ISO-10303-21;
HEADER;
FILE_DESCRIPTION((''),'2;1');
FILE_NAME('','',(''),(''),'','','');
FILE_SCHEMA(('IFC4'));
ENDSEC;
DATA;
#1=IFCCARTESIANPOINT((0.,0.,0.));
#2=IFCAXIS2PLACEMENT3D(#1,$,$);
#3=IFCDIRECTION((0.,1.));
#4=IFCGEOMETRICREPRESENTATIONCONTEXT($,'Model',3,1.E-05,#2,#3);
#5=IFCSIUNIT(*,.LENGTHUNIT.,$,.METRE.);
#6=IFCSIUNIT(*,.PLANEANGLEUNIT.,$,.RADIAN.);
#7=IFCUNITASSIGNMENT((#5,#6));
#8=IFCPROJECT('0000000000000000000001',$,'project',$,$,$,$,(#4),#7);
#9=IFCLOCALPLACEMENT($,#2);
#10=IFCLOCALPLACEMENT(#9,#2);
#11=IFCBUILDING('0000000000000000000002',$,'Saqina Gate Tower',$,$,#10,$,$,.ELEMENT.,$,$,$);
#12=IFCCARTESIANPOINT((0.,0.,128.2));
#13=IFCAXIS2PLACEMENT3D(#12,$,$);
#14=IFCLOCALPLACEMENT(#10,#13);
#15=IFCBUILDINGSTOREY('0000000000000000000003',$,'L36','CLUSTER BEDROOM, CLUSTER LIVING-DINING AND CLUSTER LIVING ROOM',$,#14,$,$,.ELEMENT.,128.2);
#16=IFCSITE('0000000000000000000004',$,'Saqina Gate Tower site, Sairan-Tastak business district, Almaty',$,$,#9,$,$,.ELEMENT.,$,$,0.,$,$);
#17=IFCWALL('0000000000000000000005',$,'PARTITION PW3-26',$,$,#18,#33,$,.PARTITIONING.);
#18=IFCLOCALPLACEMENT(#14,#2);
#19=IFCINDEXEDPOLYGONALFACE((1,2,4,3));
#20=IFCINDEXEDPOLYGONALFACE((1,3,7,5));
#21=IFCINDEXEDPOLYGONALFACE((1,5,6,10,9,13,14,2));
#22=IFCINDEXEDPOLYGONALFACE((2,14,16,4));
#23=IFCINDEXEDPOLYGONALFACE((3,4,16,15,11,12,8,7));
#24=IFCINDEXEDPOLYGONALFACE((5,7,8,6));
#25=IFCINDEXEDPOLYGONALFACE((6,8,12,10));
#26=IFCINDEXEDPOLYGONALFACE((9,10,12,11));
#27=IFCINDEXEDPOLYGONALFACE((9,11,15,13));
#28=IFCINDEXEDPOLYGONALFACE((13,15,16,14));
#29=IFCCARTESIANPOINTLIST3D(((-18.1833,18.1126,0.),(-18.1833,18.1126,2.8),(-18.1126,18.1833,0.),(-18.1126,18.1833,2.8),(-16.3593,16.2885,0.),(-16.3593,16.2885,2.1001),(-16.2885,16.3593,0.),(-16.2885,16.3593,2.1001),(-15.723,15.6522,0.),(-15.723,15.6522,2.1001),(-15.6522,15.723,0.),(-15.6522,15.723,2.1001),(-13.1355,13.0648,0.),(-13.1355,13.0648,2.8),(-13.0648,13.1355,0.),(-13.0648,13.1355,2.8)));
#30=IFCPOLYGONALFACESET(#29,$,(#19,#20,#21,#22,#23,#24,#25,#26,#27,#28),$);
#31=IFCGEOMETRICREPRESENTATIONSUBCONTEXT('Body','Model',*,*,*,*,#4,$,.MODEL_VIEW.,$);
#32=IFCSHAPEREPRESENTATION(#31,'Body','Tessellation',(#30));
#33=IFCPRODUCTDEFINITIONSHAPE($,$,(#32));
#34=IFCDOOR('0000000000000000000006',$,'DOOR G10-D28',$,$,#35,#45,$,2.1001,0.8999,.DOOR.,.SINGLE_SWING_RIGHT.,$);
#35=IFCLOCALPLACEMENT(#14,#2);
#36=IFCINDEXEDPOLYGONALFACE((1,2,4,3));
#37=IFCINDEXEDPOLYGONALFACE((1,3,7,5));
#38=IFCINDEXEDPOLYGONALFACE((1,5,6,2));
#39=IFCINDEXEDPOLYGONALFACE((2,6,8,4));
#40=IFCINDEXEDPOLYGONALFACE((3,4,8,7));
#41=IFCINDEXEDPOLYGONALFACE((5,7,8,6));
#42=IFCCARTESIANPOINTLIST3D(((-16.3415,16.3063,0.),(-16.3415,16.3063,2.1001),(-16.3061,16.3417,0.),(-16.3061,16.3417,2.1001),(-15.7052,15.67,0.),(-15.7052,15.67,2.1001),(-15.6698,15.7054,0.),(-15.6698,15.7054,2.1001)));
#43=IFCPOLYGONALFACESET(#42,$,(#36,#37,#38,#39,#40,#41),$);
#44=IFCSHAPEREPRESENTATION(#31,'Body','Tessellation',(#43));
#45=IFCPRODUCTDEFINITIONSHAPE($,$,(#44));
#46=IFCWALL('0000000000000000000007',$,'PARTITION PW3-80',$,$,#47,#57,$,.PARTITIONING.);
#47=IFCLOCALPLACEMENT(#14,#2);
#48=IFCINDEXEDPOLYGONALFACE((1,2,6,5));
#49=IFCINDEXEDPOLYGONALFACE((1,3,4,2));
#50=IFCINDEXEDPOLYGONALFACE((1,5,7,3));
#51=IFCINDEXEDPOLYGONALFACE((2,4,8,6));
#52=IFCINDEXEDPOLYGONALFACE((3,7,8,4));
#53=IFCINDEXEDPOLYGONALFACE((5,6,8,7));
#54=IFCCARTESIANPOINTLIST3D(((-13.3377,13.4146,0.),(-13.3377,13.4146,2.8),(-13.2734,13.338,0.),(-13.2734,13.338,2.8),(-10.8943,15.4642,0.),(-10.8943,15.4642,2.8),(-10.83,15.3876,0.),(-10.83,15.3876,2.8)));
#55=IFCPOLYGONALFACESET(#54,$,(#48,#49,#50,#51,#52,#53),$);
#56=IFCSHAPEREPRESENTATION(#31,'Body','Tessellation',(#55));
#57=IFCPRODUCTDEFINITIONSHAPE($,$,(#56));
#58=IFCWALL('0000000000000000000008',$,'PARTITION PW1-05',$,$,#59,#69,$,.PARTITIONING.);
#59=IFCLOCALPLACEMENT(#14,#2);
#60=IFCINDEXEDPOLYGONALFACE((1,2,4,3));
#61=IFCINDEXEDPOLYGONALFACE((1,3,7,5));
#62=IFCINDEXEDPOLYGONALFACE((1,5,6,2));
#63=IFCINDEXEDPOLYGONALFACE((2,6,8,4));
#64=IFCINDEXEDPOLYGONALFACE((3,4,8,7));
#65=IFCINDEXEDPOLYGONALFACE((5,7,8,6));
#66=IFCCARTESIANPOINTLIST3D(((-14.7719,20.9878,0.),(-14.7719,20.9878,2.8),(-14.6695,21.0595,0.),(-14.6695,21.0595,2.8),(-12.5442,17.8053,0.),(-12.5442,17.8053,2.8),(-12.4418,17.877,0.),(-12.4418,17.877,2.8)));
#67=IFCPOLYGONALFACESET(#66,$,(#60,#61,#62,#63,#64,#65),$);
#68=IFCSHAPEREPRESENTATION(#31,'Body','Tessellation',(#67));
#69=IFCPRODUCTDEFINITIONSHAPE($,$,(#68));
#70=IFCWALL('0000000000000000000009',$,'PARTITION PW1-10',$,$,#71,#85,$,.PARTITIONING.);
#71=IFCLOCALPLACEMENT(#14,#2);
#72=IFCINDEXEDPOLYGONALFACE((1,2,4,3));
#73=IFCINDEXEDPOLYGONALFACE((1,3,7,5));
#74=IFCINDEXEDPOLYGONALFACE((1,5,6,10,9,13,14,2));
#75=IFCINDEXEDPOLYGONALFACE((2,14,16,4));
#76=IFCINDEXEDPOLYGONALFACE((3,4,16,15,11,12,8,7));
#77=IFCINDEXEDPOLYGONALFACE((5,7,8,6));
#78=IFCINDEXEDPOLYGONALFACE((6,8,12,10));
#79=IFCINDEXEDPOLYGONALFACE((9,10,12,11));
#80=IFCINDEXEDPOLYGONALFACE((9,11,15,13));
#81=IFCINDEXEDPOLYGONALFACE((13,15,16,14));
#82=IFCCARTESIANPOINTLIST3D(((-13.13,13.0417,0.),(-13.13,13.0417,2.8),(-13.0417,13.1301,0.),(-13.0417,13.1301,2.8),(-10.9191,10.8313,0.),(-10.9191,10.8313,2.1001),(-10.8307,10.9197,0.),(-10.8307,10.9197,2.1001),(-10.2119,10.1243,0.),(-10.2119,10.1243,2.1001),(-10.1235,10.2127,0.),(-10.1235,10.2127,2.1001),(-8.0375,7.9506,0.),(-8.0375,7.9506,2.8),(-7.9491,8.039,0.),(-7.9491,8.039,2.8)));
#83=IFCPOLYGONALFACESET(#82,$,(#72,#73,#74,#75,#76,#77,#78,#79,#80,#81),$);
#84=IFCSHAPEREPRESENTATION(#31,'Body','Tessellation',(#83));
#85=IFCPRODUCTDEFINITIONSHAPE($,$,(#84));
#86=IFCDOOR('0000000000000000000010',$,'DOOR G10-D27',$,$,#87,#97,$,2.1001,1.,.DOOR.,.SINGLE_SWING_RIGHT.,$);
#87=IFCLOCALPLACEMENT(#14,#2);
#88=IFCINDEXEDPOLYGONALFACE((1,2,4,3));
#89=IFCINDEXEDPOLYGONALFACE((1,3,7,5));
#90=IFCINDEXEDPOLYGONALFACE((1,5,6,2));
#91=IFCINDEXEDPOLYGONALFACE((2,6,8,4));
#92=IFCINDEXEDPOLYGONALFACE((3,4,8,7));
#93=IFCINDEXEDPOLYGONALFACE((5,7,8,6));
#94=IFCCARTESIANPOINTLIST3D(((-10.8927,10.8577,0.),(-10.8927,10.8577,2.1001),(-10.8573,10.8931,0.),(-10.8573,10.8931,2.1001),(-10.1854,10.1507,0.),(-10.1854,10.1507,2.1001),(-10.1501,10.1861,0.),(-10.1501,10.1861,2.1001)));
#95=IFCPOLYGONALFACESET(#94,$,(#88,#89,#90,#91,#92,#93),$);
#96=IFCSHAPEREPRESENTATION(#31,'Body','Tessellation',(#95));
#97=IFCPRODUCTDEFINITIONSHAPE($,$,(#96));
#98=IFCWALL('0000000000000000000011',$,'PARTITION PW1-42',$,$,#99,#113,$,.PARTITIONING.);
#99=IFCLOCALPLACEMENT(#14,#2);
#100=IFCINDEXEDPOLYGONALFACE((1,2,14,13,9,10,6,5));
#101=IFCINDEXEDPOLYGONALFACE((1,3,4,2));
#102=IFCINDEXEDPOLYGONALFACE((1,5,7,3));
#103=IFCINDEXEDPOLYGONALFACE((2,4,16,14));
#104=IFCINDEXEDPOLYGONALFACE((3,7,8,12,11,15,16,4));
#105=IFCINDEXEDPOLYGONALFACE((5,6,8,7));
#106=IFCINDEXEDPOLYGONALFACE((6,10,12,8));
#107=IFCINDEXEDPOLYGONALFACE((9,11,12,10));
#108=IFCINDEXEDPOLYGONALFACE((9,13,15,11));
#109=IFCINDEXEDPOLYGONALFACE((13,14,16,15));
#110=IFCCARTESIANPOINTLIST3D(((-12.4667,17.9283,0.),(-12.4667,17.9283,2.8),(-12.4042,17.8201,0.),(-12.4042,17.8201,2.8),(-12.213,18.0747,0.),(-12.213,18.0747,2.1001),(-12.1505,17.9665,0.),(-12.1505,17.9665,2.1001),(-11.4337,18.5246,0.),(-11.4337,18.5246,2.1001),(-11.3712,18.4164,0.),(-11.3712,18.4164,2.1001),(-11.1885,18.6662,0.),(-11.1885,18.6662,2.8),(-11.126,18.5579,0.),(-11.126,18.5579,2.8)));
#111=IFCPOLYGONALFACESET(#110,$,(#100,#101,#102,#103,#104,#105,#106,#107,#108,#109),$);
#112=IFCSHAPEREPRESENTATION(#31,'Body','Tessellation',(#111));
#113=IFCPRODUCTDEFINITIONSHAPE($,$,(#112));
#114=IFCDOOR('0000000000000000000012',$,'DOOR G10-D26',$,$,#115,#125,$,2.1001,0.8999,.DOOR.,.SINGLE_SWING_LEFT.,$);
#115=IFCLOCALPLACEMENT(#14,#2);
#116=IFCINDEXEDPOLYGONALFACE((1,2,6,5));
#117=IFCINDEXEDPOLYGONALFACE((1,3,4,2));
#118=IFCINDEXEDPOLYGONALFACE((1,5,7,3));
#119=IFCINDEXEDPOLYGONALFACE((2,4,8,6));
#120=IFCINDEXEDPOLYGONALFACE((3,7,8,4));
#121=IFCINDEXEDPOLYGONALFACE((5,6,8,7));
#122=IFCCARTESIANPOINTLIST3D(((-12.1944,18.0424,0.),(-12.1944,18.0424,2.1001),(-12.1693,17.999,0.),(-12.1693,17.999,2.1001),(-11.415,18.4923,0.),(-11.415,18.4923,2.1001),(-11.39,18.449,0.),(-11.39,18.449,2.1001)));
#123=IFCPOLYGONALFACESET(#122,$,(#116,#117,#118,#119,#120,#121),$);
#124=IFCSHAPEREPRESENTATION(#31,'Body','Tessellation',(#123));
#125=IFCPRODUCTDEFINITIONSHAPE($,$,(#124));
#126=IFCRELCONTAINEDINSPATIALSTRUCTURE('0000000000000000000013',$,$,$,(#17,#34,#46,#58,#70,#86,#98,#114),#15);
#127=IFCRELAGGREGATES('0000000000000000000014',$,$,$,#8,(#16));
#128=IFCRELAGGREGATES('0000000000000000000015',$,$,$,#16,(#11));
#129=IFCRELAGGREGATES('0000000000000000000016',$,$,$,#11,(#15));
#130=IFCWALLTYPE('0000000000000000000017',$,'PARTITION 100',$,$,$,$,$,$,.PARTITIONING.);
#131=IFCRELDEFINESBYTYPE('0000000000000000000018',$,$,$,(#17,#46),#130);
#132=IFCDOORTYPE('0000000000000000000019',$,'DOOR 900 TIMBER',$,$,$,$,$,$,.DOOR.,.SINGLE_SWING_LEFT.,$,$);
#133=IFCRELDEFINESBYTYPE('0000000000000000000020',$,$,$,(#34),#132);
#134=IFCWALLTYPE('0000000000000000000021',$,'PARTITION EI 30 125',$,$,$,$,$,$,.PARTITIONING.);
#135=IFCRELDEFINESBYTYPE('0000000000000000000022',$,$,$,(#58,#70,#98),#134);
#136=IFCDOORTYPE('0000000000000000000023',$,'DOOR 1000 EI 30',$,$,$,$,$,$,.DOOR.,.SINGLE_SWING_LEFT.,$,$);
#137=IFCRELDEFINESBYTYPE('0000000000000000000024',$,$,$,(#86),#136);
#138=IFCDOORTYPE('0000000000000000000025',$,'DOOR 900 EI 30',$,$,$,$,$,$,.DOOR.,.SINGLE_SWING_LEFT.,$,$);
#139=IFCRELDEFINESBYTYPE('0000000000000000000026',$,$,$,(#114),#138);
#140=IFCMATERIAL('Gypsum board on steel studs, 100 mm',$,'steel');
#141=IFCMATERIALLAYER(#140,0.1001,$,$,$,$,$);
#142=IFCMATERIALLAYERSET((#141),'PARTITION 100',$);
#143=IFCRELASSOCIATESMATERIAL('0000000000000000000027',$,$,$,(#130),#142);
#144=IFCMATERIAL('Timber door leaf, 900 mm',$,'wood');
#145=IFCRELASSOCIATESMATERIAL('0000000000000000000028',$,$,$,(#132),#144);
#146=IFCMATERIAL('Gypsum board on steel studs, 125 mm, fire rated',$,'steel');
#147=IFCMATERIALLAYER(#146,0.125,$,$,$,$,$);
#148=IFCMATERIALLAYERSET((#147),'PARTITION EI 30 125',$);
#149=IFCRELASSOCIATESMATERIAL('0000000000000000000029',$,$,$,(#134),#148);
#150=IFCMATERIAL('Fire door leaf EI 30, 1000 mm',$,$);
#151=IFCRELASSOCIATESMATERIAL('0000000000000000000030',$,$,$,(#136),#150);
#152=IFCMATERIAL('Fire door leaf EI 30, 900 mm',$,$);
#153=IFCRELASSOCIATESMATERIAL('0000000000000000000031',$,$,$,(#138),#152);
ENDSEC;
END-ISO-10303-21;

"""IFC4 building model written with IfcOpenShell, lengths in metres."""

from ifc_helpers import new_model, si_unit, direction, frame, frame_2d, origin, place, context, subcontext, project, spatial, rectangle, extrude, material, layer, layer_set, type_object, element, fill, save


model = new_model("IFC4")

# Units and contexts
model_context = context("Model", 3, precision=1e-05, world=origin(), true_north=direction((0.0, 1.0)))
body_context = subcontext(model_context, "Body", "Model", "MODEL_VIEW")
ifc_project = project(units=[si_unit("LENGTHUNIT", "METRE"), si_unit("PLANEANGLEUNIT", "RADIAN")], contexts=[model_context])

# Site, building, storey
site_placement = place(None, origin())
site = spatial("IfcSite", under=ifc_project, at=site_placement, Name="Saqina Gate Tower site, Sairan-Tastak business district, Almaty", CompositionType="ELEMENT", RefElevation=0.0)
building_placement = place(site_placement, origin())
building = spatial("IfcBuilding", under=site, at=building_placement, Name="Saqina Gate Tower", CompositionType="ELEMENT")
storey_placement = place(building_placement, frame((0.0, 0.0, 128.2)))
storey = spatial("IfcBuildingStorey", under=building, at=storey_placement, Name="L36", Description="CLUSTER BEDROOM, CLUSTER LIVING-DINING AND CLUSTER LIVING ROOM", CompositionType="ELEMENT", Elevation=128.2)

# Wall, opening, door
ifc_material_1 = material(Name="Gypsum board on steel studs, 100 mm", Category="steel")
ifc_layer_1 = layer(ifc_material_1, 0.1001)
ifc_layer_set_1 = layer_set([ifc_layer_1], Name="PARTITION 100")
wall_type_1 = type_object("IfcWallType", Name="PARTITION 100", PredefinedType="PARTITIONING", material=ifc_layer_set_1)
wall_1_placement = place(storey_placement, frame((-18.1479, 18.1479, 0.0), z_axis=(0.0, 0.0, 1.0), x_axis=(0.707107, -0.707107, 0.0)))
wall_1 = element("IfcWall", 1, at=wall_1_placement, inside=storey, type_object=wall_type_1, Name="PARTITION PW3-26", PredefinedType="PARTITIONING", context=body_context, shape_type="SweptSolid", body=[
    extrude(rectangle(XDim=7.1387, YDim=0.1001, at=frame_2d((3.5693, 0.0))), origin(), (0.0, 0.0, 1.0), 2.8),
])
opening_1_placement = place(wall_1_placement, frame((2.5796, 0.0, 0.0)))
opening_1 = element("IfcOpeningElement", 2, at=opening_1_placement, cuts=wall_1, PredefinedType="OPENING", context=body_context, shape_type="SweptSolid", body=[
    extrude(rectangle(XDim=0.8999, YDim=2.1001, at=frame_2d((0.45, 1.05))), frame((0.0, 0.062, 0.0), z_axis=(0.0, -1.0, 0.0), x_axis=(1.0, 0.0, 0.0)), (0.0, 0.0, 1.0), 0.124),
])
ifc_material_2 = material(Name="Timber door leaf, 900 mm", Category="wood")
door_type_1 = type_object("IfcDoorType", Name="DOOR 900 TIMBER", OperationType="SINGLE_SWING_LEFT", PredefinedType="DOOR", material=ifc_material_2)
door_1_placement = place(opening_1_placement, frame((0.8999, 0.0, 0.0), z_axis=(0.0, 0.0, 1.0), x_axis=(-1.0, 0.0, 0.0)))
door_1 = element("IfcDoor", 3, at=door_1_placement, inside=storey, type_object=door_type_1, Name="DOOR G10-D28", OperationType="SINGLE_SWING_RIGHT", OverallHeight=2.1001, OverallWidth=0.8999, PredefinedType="DOOR", context=body_context, shape_type="SweptSolid", body=[
    extrude(rectangle(XDim=0.8999, YDim=2.1001, at=frame_2d((0.45, 1.05))), frame((0.0, 0.0249, 0.0), z_axis=(0.0, -1.0, 0.0), x_axis=(1.0, 0.0, 0.0)), (0.0, 0.0, 1.0), 0.05),
])
fill(opening_1, door_1)

# Walls
wall_2_placement = place(storey_placement, frame((-13.3057, 13.3762, 0.0), z_axis=(0.0, 0.0, 1.0), x_axis=(0.766147, 0.642666, 0.0)))
element("IfcWall", 4, at=wall_2_placement, inside=storey, type_object=wall_type_1, Name="PARTITION PW3-80", PredefinedType="PARTITIONING", context=body_context, shape_type="SweptSolid", body=[
    extrude(rectangle(XDim=3.1892, YDim=0.1001, at=frame_2d((1.5947, 0.0))), origin(), (0.0, 0.0, 1.0), 2.8),
])
ifc_material_3 = material(Name="Gypsum board on steel studs, 125 mm, fire rated", Category="steel")
ifc_layer_2 = layer(ifc_material_3, 0.125)
ifc_layer_set_2 = layer_set([ifc_layer_2], Name="PARTITION EI 30 125")
wall_type_2 = type_object("IfcWallType", Name="PARTITION EI 30 125", PredefinedType="PARTITIONING", material=ifc_layer_set_2)
wall_3_placement = place(storey_placement, frame((-14.7207, 21.0237, 0.0), z_axis=(0.0, 0.0, 1.0), x_axis=(0.573454, -0.819238, 0.0)))
element("IfcWall", 5, at=wall_3_placement, inside=storey, type_object=wall_type_2, Name="PARTITION PW1-05", PredefinedType="PARTITIONING", context=body_context, shape_type="SweptSolid", body=[
    extrude(rectangle(XDim=3.8848, YDim=0.125, at=frame_2d((1.9424, 0.0))), origin(), (0.0, 0.0, 1.0), 2.8),
])

# Walls, openings, doors
wall_4_placement = place(storey_placement, frame((-13.0859, 13.0859, 0.0), z_axis=(0.0, 0.0, 1.0), x_axis=(0.707208, -0.707005, 0.0)))
wall_4 = element("IfcWall", 6, at=wall_4_placement, inside=storey, type_object=wall_type_2, Name="PARTITION PW1-10", PredefinedType="PARTITIONING", context=body_context, shape_type="SweptSolid", body=[
    extrude(rectangle(XDim=7.2009, YDim=0.125, at=frame_2d((3.6006, 0.0))), origin(), (0.0, 0.0, 1.0), 2.8),
])
opening_2_placement = place(wall_4_placement, frame((3.1265, 0.0, 0.0)))
opening_2 = element("IfcOpeningElement", 7, at=opening_2_placement, cuts=wall_4, PredefinedType="OPENING", context=body_context, shape_type="SweptSolid", body=[
    extrude(rectangle(XDim=1.0, YDim=2.1001, at=frame_2d((0.5, 1.05))), frame((0.0, 0.0745, 0.0), z_axis=(0.0, -1.0, 0.0), x_axis=(1.0, 0.0, 0.0)), (0.0, 0.0, 1.0), 0.1489),
])
ifc_material_4 = material(Name="Fire door leaf EI 30, 1000 mm")
door_type_2 = type_object("IfcDoorType", Name="DOOR 1000 EI 30", OperationType="SINGLE_SWING_LEFT", PredefinedType="DOOR", material=ifc_material_4)
door_2_placement = place(opening_2_placement, origin())
door_2 = element("IfcDoor", 8, at=door_2_placement, inside=storey, type_object=door_type_2, Name="DOOR G10-D27", OperationType="SINGLE_SWING_RIGHT", OverallHeight=2.1001, OverallWidth=1.0, PredefinedType="DOOR", context=body_context, shape_type="SweptSolid", body=[
    extrude(rectangle(XDim=1.0, YDim=2.1001, at=frame_2d((0.5, 1.05))), frame((0.0, 0.0249, 0.0), z_axis=(0.0, -1.0, 0.0), x_axis=(1.0, 0.0, 0.0)), (0.0, 0.0, 1.0), 0.05),
])
fill(opening_2, door_2)
wall_5_placement = place(storey_placement, frame((-12.4353, 17.8743, 0.0), z_axis=(0.0, 0.0, 1.0), x_axis=(0.866056, 0.499947, 0.0)))
wall_5 = element("IfcWall", 9, at=wall_5_placement, inside=storey, type_object=wall_type_2, Name="PARTITION PW1-42", PredefinedType="PARTITIONING", context=body_context, shape_type="SweptSolid", body=[
    extrude(rectangle(XDim=1.4758, YDim=0.125, at=frame_2d((0.7378, 0.0))), origin(), (0.0, 0.0, 1.0), 2.8),
])
opening_3_placement = place(wall_5_placement, frame((0.2927, 0.0, 0.0)))
opening_3 = element("IfcOpeningElement", 10, at=opening_3_placement, cuts=wall_5, PredefinedType="OPENING", context=body_context, shape_type="SweptSolid", body=[
    extrude(rectangle(XDim=0.8999, YDim=2.1001, at=frame_2d((0.45, 1.05))), frame((0.0, 0.0745, 0.0), z_axis=(0.0, -1.0, 0.0), x_axis=(1.0, 0.0, 0.0)), (0.0, 0.0, 1.0), 0.1489),
])
ifc_material_5 = material(Name="Fire door leaf EI 30, 900 mm")
door_type_3 = type_object("IfcDoorType", Name="DOOR 900 EI 30", OperationType="SINGLE_SWING_LEFT", PredefinedType="DOOR", material=ifc_material_5)
door_3_placement = place(opening_3_placement, frame((0.8999, 0.0, 0.0), z_axis=(0.0, 0.0, 1.0), x_axis=(-1.0, 0.0, 0.0)))
door_3 = element("IfcDoor", 11, at=door_3_placement, inside=storey, type_object=door_type_3, Name="DOOR G10-D26", OperationType="SINGLE_SWING_LEFT", OverallHeight=2.1001, OverallWidth=0.8999, PredefinedType="DOOR", context=body_context, shape_type="SweptSolid", body=[
    extrude(rectangle(XDim=0.8999, YDim=2.1001, at=frame_2d((0.45, 1.05))), frame((0.0, 0.0249, 0.0), z_axis=(0.0, -1.0, 0.0), x_axis=(1.0, 0.0, 0.0)), (0.0, 0.0, 1.0), 0.05),
])
fill(opening_3, door_3)

save(model, "model.ifc")
